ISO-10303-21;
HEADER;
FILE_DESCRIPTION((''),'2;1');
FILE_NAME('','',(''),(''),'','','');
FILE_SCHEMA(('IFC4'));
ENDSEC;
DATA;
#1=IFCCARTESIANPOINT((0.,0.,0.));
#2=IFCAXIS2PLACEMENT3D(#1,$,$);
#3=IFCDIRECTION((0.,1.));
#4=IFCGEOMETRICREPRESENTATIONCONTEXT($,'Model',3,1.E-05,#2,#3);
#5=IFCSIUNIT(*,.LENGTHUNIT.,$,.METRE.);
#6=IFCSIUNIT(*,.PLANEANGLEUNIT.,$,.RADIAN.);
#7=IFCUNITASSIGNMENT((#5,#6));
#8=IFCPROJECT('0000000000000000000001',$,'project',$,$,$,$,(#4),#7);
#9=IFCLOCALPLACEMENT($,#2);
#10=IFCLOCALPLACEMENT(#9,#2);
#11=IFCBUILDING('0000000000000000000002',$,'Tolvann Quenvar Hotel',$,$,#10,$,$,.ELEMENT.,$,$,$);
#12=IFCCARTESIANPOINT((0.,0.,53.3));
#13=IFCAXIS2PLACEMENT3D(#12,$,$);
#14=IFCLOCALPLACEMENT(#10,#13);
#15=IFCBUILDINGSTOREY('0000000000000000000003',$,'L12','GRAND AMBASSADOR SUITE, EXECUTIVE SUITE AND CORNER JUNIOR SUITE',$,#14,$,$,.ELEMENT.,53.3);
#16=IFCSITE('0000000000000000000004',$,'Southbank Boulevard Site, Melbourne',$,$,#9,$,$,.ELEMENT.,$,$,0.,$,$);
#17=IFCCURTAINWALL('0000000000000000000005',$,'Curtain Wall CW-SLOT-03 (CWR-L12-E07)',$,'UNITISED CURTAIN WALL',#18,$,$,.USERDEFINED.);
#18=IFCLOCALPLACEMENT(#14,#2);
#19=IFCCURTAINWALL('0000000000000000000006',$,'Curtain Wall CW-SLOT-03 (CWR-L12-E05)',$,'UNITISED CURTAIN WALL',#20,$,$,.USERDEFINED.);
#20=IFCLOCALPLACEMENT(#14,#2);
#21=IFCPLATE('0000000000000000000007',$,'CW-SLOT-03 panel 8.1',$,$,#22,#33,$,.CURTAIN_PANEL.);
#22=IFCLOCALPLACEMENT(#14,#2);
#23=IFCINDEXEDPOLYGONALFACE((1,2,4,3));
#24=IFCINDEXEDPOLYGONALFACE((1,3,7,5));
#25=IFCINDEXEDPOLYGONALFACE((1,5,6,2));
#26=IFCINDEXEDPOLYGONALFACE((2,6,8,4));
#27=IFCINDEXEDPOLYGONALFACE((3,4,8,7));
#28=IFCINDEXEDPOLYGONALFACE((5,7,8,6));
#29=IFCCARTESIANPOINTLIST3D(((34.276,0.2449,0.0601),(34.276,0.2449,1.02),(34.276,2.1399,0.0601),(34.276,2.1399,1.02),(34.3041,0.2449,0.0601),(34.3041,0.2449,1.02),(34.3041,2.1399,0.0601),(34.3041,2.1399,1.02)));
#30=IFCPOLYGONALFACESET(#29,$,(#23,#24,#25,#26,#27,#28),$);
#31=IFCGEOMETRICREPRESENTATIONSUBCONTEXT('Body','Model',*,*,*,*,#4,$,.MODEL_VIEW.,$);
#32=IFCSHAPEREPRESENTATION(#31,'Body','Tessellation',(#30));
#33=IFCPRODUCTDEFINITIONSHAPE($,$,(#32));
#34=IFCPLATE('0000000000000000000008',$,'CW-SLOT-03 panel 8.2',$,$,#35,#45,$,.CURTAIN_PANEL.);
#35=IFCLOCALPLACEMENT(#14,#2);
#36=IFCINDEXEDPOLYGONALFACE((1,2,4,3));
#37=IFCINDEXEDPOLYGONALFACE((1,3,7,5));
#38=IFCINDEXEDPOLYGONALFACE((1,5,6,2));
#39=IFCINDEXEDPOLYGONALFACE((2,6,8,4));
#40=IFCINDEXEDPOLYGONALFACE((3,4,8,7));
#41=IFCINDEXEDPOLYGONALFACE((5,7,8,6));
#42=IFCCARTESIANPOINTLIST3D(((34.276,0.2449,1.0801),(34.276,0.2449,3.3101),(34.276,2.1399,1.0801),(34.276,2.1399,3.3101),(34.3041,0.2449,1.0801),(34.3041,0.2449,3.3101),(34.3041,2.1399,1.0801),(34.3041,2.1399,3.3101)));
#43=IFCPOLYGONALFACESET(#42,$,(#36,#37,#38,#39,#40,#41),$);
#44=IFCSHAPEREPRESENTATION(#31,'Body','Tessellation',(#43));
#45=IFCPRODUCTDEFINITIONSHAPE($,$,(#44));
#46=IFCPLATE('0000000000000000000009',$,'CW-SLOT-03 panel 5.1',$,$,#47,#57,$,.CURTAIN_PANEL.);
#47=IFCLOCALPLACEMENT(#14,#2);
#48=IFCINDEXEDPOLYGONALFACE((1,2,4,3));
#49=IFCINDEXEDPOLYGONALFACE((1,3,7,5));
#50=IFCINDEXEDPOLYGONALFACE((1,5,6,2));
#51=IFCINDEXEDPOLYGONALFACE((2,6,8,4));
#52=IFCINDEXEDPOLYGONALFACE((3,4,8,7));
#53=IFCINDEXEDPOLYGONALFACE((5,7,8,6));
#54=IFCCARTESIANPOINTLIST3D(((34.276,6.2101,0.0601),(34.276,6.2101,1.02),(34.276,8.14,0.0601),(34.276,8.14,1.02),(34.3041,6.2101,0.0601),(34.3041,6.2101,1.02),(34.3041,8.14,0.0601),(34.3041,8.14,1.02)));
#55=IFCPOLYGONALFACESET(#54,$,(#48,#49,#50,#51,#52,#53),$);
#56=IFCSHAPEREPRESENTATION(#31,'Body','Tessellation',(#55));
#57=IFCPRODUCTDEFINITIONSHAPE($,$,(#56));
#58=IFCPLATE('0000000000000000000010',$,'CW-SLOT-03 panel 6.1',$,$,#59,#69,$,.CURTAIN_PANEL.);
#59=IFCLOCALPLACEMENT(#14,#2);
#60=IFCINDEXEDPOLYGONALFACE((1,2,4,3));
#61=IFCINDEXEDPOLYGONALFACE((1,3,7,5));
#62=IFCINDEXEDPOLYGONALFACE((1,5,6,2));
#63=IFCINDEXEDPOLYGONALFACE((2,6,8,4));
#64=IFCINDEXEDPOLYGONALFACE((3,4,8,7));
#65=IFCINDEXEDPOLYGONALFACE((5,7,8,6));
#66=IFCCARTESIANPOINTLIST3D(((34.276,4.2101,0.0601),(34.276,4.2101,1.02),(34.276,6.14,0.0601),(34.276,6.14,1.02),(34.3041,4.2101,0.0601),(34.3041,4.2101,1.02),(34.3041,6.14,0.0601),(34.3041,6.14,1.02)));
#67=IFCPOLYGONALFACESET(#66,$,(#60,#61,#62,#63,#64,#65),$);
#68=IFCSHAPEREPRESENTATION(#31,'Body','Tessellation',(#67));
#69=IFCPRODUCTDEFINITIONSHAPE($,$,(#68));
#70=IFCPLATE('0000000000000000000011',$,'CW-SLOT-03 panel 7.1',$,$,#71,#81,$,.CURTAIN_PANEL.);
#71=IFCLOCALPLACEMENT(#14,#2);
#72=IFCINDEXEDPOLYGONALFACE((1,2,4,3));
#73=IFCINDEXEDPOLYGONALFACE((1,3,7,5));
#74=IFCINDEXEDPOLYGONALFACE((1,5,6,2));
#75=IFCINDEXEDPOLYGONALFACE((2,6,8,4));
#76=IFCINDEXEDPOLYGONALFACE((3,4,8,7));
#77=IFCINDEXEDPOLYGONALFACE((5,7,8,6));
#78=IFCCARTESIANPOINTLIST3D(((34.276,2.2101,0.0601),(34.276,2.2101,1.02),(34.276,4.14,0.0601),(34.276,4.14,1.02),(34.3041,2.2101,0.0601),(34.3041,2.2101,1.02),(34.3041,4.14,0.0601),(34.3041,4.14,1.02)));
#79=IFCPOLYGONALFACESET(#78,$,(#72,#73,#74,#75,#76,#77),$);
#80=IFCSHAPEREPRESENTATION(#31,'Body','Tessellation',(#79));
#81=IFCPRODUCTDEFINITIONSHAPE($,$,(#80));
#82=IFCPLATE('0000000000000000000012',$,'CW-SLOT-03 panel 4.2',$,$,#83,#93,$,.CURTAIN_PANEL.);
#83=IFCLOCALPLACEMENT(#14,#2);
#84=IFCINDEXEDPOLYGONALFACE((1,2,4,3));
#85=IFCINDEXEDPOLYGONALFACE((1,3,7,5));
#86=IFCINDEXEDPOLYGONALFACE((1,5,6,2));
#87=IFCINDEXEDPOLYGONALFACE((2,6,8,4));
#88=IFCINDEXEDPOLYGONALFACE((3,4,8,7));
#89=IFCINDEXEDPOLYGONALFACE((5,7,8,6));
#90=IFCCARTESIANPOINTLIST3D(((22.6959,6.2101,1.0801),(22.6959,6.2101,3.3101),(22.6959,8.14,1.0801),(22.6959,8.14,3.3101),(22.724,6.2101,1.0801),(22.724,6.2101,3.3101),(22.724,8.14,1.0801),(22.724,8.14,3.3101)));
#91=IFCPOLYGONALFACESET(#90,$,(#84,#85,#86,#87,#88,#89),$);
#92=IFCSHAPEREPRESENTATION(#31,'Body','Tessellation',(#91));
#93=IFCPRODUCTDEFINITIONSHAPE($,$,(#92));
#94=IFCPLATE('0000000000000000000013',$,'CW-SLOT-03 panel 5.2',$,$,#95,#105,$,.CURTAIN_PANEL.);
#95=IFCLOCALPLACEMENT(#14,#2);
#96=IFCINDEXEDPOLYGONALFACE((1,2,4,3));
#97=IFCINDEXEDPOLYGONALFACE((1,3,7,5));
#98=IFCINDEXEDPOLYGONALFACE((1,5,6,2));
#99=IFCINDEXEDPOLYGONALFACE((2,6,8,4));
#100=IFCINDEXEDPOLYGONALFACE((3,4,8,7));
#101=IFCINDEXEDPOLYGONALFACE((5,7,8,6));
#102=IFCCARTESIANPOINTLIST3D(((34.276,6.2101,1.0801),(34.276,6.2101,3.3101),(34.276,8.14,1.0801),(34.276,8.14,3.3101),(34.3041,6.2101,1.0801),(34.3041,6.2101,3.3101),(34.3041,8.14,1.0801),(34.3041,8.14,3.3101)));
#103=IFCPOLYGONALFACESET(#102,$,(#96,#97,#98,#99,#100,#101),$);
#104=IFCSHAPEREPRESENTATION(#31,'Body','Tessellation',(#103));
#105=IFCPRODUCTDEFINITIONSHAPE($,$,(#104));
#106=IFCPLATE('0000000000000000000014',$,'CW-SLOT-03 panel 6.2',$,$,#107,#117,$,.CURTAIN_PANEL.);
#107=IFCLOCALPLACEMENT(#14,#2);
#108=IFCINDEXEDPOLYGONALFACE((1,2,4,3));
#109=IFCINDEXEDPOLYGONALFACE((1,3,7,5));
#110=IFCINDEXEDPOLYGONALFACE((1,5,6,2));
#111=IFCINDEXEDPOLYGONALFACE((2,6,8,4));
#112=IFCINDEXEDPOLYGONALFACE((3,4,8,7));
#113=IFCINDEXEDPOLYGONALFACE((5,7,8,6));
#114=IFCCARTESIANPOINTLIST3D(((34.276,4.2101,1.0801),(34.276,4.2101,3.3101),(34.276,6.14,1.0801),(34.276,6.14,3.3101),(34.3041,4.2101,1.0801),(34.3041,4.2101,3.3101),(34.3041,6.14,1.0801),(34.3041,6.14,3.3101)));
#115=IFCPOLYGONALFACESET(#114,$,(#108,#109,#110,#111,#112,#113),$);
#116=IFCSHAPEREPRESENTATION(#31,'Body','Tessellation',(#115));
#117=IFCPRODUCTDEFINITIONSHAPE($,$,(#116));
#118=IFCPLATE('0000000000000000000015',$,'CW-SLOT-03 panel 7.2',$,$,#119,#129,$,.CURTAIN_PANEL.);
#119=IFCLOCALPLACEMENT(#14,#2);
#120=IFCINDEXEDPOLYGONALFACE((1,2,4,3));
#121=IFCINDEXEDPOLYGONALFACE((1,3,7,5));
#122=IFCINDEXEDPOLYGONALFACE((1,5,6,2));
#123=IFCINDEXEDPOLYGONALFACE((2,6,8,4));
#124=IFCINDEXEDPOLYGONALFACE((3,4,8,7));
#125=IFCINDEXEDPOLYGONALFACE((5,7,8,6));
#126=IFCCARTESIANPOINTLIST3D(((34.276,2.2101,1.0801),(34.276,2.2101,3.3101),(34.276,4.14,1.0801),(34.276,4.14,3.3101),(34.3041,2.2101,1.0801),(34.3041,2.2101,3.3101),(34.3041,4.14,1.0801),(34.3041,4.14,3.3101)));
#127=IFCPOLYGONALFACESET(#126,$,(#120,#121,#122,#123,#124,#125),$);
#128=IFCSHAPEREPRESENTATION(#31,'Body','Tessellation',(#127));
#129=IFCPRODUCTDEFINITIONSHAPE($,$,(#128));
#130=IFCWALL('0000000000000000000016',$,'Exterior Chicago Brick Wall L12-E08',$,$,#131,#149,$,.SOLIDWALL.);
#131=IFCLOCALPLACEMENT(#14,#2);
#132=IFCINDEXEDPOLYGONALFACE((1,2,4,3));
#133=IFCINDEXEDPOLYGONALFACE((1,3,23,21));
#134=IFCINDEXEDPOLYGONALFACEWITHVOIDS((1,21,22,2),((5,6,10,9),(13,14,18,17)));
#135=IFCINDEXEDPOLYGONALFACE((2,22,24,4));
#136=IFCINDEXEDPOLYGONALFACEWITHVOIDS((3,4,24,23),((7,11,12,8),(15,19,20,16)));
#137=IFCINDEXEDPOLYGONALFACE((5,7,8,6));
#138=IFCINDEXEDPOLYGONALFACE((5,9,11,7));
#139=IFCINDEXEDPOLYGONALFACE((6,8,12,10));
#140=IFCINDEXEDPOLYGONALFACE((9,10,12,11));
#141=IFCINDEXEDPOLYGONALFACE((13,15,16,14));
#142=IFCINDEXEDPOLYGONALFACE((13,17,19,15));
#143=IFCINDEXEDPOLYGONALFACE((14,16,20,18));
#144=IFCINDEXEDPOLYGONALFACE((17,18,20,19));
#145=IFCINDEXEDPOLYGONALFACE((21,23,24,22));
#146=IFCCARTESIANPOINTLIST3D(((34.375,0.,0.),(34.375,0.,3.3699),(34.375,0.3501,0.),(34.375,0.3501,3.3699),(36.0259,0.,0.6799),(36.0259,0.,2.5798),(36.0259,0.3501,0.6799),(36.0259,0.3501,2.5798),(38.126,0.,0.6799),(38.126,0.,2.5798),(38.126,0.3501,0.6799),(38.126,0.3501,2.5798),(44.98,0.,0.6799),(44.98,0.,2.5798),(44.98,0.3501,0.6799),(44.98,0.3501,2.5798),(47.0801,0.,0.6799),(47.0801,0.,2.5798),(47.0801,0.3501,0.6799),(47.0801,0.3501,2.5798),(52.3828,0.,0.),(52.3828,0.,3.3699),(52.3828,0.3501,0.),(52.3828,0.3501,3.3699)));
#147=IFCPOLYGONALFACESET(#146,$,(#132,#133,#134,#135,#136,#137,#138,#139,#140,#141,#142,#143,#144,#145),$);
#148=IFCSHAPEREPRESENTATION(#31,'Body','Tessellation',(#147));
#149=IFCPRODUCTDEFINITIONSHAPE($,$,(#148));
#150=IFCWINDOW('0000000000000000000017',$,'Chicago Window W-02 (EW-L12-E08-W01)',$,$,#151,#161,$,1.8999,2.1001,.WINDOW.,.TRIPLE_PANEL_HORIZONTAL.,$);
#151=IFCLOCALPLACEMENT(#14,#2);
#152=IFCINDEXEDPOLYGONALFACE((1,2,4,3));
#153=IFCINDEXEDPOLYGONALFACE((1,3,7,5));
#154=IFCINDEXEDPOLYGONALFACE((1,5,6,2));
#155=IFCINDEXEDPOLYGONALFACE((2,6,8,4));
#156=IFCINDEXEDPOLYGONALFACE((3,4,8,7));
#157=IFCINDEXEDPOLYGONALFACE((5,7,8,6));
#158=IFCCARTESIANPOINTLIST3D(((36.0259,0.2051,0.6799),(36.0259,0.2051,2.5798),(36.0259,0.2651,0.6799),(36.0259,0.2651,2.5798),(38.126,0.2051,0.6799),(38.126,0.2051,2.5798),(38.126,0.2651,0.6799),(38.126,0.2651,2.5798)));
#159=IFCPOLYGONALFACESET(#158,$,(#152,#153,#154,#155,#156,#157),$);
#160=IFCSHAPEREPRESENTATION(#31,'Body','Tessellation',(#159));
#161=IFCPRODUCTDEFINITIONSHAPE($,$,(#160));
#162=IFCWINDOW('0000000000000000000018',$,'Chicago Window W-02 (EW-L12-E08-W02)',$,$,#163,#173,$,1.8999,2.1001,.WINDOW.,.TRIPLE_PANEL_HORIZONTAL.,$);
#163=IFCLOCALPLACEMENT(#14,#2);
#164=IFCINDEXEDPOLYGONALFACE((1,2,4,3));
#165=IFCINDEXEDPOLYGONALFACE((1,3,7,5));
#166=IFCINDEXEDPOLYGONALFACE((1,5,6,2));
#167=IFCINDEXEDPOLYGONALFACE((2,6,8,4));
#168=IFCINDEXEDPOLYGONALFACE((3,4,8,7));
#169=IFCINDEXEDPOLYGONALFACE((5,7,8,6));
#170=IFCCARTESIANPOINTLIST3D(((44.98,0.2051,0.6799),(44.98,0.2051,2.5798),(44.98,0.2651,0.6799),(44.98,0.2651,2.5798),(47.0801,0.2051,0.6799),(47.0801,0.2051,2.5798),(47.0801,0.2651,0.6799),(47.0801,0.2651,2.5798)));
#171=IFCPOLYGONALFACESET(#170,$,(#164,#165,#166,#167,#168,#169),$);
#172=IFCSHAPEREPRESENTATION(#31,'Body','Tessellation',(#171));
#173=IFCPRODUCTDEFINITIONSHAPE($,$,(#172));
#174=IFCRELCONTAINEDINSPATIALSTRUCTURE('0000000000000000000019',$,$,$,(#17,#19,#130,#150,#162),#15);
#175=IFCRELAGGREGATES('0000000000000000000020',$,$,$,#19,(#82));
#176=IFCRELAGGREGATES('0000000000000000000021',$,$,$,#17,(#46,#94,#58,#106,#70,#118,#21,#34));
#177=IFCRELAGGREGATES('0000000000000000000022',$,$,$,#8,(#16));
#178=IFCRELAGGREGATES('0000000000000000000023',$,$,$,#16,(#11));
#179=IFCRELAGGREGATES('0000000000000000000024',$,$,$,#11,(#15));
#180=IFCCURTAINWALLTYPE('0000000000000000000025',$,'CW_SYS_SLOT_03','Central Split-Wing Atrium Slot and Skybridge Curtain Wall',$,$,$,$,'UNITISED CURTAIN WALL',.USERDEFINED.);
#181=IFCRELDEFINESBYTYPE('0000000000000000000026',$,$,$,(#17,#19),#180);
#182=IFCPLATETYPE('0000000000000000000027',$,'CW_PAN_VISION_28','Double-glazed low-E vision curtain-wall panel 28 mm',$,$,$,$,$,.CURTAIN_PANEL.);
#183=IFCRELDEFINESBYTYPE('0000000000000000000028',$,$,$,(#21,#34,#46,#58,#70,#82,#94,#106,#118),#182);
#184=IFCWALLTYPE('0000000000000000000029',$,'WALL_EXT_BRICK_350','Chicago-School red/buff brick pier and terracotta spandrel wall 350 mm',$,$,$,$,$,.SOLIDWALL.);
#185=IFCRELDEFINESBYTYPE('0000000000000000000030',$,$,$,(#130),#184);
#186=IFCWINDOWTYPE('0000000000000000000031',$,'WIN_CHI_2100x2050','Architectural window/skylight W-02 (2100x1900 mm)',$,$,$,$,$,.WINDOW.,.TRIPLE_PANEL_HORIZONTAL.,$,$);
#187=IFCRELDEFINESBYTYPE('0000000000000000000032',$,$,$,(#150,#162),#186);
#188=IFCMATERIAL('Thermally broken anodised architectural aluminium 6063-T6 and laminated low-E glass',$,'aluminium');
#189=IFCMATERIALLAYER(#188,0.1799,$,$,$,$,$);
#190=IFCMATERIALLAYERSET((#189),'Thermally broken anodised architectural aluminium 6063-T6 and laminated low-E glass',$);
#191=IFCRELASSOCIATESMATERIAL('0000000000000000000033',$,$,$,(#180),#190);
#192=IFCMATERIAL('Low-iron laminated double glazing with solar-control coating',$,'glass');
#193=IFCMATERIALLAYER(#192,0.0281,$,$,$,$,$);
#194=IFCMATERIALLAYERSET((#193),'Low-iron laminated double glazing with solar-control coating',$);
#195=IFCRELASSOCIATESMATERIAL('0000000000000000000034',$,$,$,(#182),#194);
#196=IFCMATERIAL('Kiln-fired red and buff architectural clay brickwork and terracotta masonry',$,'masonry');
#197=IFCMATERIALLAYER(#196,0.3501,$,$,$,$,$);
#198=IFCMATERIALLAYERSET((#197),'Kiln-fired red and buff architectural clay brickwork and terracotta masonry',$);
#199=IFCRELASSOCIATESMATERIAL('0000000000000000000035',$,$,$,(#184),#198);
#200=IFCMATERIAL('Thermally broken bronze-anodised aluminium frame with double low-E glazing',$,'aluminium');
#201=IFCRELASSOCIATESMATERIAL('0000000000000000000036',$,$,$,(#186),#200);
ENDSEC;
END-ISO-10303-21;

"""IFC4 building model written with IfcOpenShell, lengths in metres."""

from ifc_helpers import new_model, si_unit, direction, frame, frame_2d, origin, origin_2d, place, context, subcontext, project, spatial, rectangle, extrude, source, transform, mapped, material, layer, layer_set, type_object, type_shapes, element, fill, aggregate, save


model = new_model("IFC4")

# Units and contexts
model_context = context("Model", 3, precision=1e-05, world=origin(), true_north=direction((0.0, 1.0)))
body_context = subcontext(model_context, "Body", "Model", "MODEL_VIEW")
ifc_project = project(units=[si_unit("LENGTHUNIT", "METRE"), si_unit("PLANEANGLEUNIT", "RADIAN")], contexts=[model_context])

# Site, building, storey
site_placement = place(None, origin())
site = spatial("IfcSite", under=ifc_project, at=site_placement, Name="Southbank Boulevard Site, Melbourne", CompositionType="ELEMENT", RefElevation=0.0)
building_placement = place(site_placement, origin())
building = spatial("IfcBuilding", under=site, at=building_placement, Name="Tolvann Quenvar Hotel", CompositionType="ELEMENT")
storey_placement = place(building_placement, frame((0.0, 0.0, 53.3)))
storey = spatial("IfcBuildingStorey", under=building, at=storey_placement, Name="L12", Description="GRAND AMBASSADOR SUITE, EXECUTIVE SUITE AND CORNER JUNIOR SUITE", CompositionType="ELEMENT", Elevation=53.3)

# Curtain walls
ifc_material_1 = material(Name="Thermally broken anodised architectural aluminium 6063-T6 and laminated low-E glass", Category="aluminium")
ifc_layer_1 = layer(ifc_material_1, 0.1799)
ifc_layer_set_1 = layer_set([ifc_layer_1], Name="Thermally broken anodised architectural aluminium 6063-T6 and laminated low-E glass")
curtain_wall_type = type_object("IfcCurtainWallType", Name="CW_SYS_SLOT_03", Description="Central Split-Wing Atrium Slot and Skybridge Curtain Wall", ElementType="UNITISED CURTAIN WALL", PredefinedType="USERDEFINED", material=ifc_layer_set_1)
curtain_wall_1_placement = place(storey_placement, origin())
curtain_wall_1 = element("IfcCurtainWall", 1, at=curtain_wall_1_placement, inside=storey, type_object=curtain_wall_type, Name="Curtain Wall CW-SLOT-03 (CWR-L12-E07)", ObjectType="UNITISED CURTAIN WALL", PredefinedType="USERDEFINED")
curtain_wall_2_placement = place(storey_placement, origin())
curtain_wall_2 = element("IfcCurtainWall", 2, at=curtain_wall_2_placement, inside=storey, type_object=curtain_wall_type, Name="Curtain Wall CW-SLOT-03 (CWR-L12-E05)", ObjectType="UNITISED CURTAIN WALL", PredefinedType="USERDEFINED")

# Plates
ifc_material_2 = material(Name="Low-iron laminated double glazing with solar-control coating", Category="glass")
ifc_layer_2 = layer(ifc_material_2, 0.0281)
ifc_layer_set_2 = layer_set([ifc_layer_2], Name="Low-iron laminated double glazing with solar-control coating")
plate_type = type_object("IfcPlateType", Name="CW_PAN_VISION_28", Description="Double-glazed low-E vision curtain-wall panel 28 mm", PredefinedType="CURTAIN_PANEL", material=ifc_layer_set_2)
shared_shape_1 = source(origin(), body_context, "Body", "SweptSolid", [
    extrude(rectangle(XDim=1.895, YDim=0.0281, at=origin_2d()), origin(), (0.0, 0.0, 1.0), 0.96),
])
plate_1_placement = place(storey_placement, frame((34.29, 1.1924, 0.0601), z_axis=(0.0, 0.0, 1.0), x_axis=(0.0, -1.0, 0.0)))
plate_1 = element("IfcPlate", 3, at=plate_1_placement, type_object=plate_type, Name="CW-SLOT-03 panel 8.1", PredefinedType="CURTAIN_PANEL", context=body_context, shape_type="MappedRepresentation", body=[
    mapped(shared_shape_1, transform((0.0, 0.0, 0.0), x_axis=(1.0, 0.0, 0.0), y_axis=(0.0, 1.0, 0.0), z_axis=(0.0, 0.0, 1.0), scale=1.0)),
])
shared_shape_2 = source(origin(), body_context, "Body", "SweptSolid", [
    extrude(rectangle(XDim=1.895, YDim=0.0281, at=origin_2d()), origin(), (0.0, 0.0, 1.0), 2.23),
])
plate_2_placement = place(storey_placement, frame((34.29, 1.1924, 1.0801), z_axis=(0.0, 0.0, 1.0), x_axis=(0.0, -1.0, 0.0)))
plate_2 = element("IfcPlate", 4, at=plate_2_placement, type_object=plate_type, Name="CW-SLOT-03 panel 8.2", PredefinedType="CURTAIN_PANEL", context=body_context, shape_type="MappedRepresentation", body=[
    mapped(shared_shape_2, transform((0.0, 0.0, 0.0), x_axis=(1.0, 0.0, 0.0), y_axis=(0.0, 1.0, 0.0), z_axis=(0.0, 0.0, 1.0), scale=1.0)),
])
shared_shape_3 = source(origin(), body_context, "Body", "SweptSolid", [
    extrude(rectangle(XDim=1.9299, YDim=0.0281, at=origin_2d()), origin(), (0.0, 0.0, 1.0), 0.96),
])
plate_3_placement = place(storey_placement, frame((34.29, 7.175, 0.0601), z_axis=(0.0, 0.0, 1.0), x_axis=(0.0, -1.0, 0.0)))
plate_3 = element("IfcPlate", 5, at=plate_3_placement, type_object=plate_type, Name="CW-SLOT-03 panel 5.1", PredefinedType="CURTAIN_PANEL", context=body_context, shape_type="MappedRepresentation", body=[
    mapped(shared_shape_3, transform((0.0, 0.0, 0.0), x_axis=(1.0, 0.0, 0.0), y_axis=(0.0, 1.0, 0.0), z_axis=(0.0, 0.0, 1.0), scale=1.0)),
])
plate_4_placement = place(storey_placement, frame((34.29, 5.175, 0.0601), z_axis=(0.0, 0.0, 1.0), x_axis=(0.0, -1.0, 0.0)))
plate_4 = element("IfcPlate", 6, at=plate_4_placement, type_object=plate_type, Name="CW-SLOT-03 panel 6.1", PredefinedType="CURTAIN_PANEL", context=body_context, shape_type="MappedRepresentation", body=[
    mapped(shared_shape_3, transform((0.0, 0.0, 0.0), x_axis=(1.0, 0.0, 0.0), y_axis=(0.0, 1.0, 0.0), z_axis=(0.0, 0.0, 1.0), scale=1.0)),
])
plate_5_placement = place(storey_placement, frame((34.29, 3.175, 0.0601), z_axis=(0.0, 0.0, 1.0), x_axis=(0.0, -1.0, 0.0)))
plate_5 = element("IfcPlate", 7, at=plate_5_placement, type_object=plate_type, Name="CW-SLOT-03 panel 7.1", PredefinedType="CURTAIN_PANEL", context=body_context, shape_type="MappedRepresentation", body=[
    mapped(shared_shape_3, transform((0.0, 0.0, 0.0), x_axis=(1.0, 0.0, 0.0), y_axis=(0.0, 1.0, 0.0), z_axis=(0.0, 0.0, 1.0), scale=1.0)),
])
shared_shape_4 = source(origin(), body_context, "Body", "SweptSolid", [
    extrude(rectangle(XDim=1.9299, YDim=0.0281, at=origin_2d()), origin(), (0.0, 0.0, 1.0), 2.23),
])
type_shapes(plate_type, [shared_shape_1, shared_shape_2, shared_shape_3, shared_shape_4])
plate_6_placement = place(storey_placement, frame((22.71, 7.175, 1.0801), z_axis=(0.0, 0.0, 1.0), x_axis=(0.0, 1.0, 0.0)))
plate_6 = element("IfcPlate", 8, at=plate_6_placement, type_object=plate_type, Name="CW-SLOT-03 panel 4.2", PredefinedType="CURTAIN_PANEL", context=body_context, shape_type="MappedRepresentation", body=[
    mapped(shared_shape_4, transform((0.0, 0.0, 0.0), x_axis=(1.0, 0.0, 0.0), y_axis=(0.0, 1.0, 0.0), z_axis=(0.0, 0.0, 1.0), scale=1.0)),
])
aggregate(curtain_wall_2, [plate_6])
plate_7_placement = place(storey_placement, frame((34.29, 7.175, 1.0801), z_axis=(0.0, 0.0, 1.0), x_axis=(0.0, -1.0, 0.0)))
plate_7 = element("IfcPlate", 9, at=plate_7_placement, type_object=plate_type, Name="CW-SLOT-03 panel 5.2", PredefinedType="CURTAIN_PANEL", context=body_context, shape_type="MappedRepresentation", body=[
    mapped(shared_shape_4, transform((0.0, 0.0, 0.0), x_axis=(1.0, 0.0, 0.0), y_axis=(0.0, 1.0, 0.0), z_axis=(0.0, 0.0, 1.0), scale=1.0)),
])
plate_8_placement = place(storey_placement, frame((34.29, 5.175, 1.0801), z_axis=(0.0, 0.0, 1.0), x_axis=(0.0, -1.0, 0.0)))
plate_8 = element("IfcPlate", 10, at=plate_8_placement, type_object=plate_type, Name="CW-SLOT-03 panel 6.2", PredefinedType="CURTAIN_PANEL", context=body_context, shape_type="MappedRepresentation", body=[
    mapped(shared_shape_4, transform((0.0, 0.0, 0.0), x_axis=(1.0, 0.0, 0.0), y_axis=(0.0, 1.0, 0.0), z_axis=(0.0, 0.0, 1.0), scale=1.0)),
])
plate_9_placement = place(storey_placement, frame((34.29, 3.175, 1.0801), z_axis=(0.0, 0.0, 1.0), x_axis=(0.0, -1.0, 0.0)))
plate_9 = element("IfcPlate", 11, at=plate_9_placement, type_object=plate_type, Name="CW-SLOT-03 panel 7.2", PredefinedType="CURTAIN_PANEL", context=body_context, shape_type="MappedRepresentation", body=[
    mapped(shared_shape_4, transform((0.0, 0.0, 0.0), x_axis=(1.0, 0.0, 0.0), y_axis=(0.0, 1.0, 0.0), z_axis=(0.0, 0.0, 1.0), scale=1.0)),
])
aggregate(curtain_wall_1, [plate_3, plate_7, plate_4, plate_8, plate_5, plate_9, plate_1, plate_2])

# Wall, openings, windows
ifc_material_3 = material(Name="Kiln-fired red and buff architectural clay brickwork and terracotta masonry", Category="masonry")
ifc_layer_3 = layer(ifc_material_3, 0.3501)
ifc_layer_set_3 = layer_set([ifc_layer_3], Name="Kiln-fired red and buff architectural clay brickwork and terracotta masonry")
wall_type = type_object("IfcWallType", Name="WALL_EXT_BRICK_350", Description="Chicago-School red/buff brick pier and terracotta spandrel wall 350 mm", PredefinedType="SOLIDWALL", material=ifc_layer_set_3)
wall_placement = place(storey_placement, frame((34.375, 0.175, 0.0), z_axis=(0.0, 0.0, 1.0), x_axis=(1.0, 0.0, 0.0)))
wall = element("IfcWall", 12, at=wall_placement, inside=storey, type_object=wall_type, Name="Exterior Chicago Brick Wall L12-E08", PredefinedType="SOLIDWALL", context=body_context, shape_type="SweptSolid", body=[
    extrude(rectangle(XDim=18.0078, YDim=0.3501, at=frame_2d((9.0039, 0.0))), origin(), (0.0, 0.0, 1.0), 3.3699),
])
opening_1_placement = place(wall_placement, frame((1.6509, 0.0, 0.6799)))
opening_1 = element("IfcOpeningElement", 13, at=opening_1_placement, cuts=wall, PredefinedType="OPENING", context=body_context, shape_type="SweptSolid", body=[
    extrude(rectangle(XDim=2.1001, YDim=1.8999, at=frame_2d((1.05, 0.95))), frame((0.0, 0.1851, 0.0), z_axis=(0.0, -1.0, 0.0), x_axis=(1.0, 0.0, 0.0)), (0.0, 0.0, 1.0), 0.3701),
])
opening_2_placement = place(wall_placement, frame((10.605, 0.0, 0.6799)))
opening_2 = element("IfcOpeningElement", 14, at=opening_2_placement, cuts=wall, PredefinedType="OPENING", context=body_context, shape_type="SweptSolid", body=[
    extrude(rectangle(XDim=2.1001, YDim=1.8999, at=frame_2d((1.05, 0.95))), frame((0.0, 0.1851, 0.0), z_axis=(0.0, -1.0, 0.0), x_axis=(1.0, 0.0, 0.0)), (0.0, 0.0, 1.0), 0.3701),
])
ifc_material_4 = material(Name="Thermally broken bronze-anodised aluminium frame with double low-E glazing", Category="aluminium")
window_type = type_object("IfcWindowType", Name="WIN_CHI_2100x2050", Description="Architectural window/skylight W-02 (2100x1900 mm)", PartitioningType="TRIPLE_PANEL_HORIZONTAL", PredefinedType="WINDOW", material=ifc_material_4)
shared_shape_5 = source(origin(), body_context, "Body", "SweptSolid", [
    extrude(rectangle(XDim=2.1001, YDim=1.8999, at=frame_2d((1.05, 0.95))), frame((0.0, 0.0901, 0.0), z_axis=(0.0, -1.0, 0.0), x_axis=(1.0, 0.0, 0.0)), (0.0, 0.0, 1.0), 0.0601),
])
type_shapes(window_type, [shared_shape_5])
window_1_placement = place(opening_1_placement, origin())
window_1 = element("IfcWindow", 15, at=window_1_placement, inside=storey, type_object=window_type, Name="Chicago Window W-02 (EW-L12-E08-W01)", OverallHeight=1.8999, OverallWidth=2.1001, PartitioningType="TRIPLE_PANEL_HORIZONTAL", PredefinedType="WINDOW", context=body_context, shape_type="MappedRepresentation", body=[
    mapped(shared_shape_5, transform((0.0, 0.0, 0.0), x_axis=(1.0, 0.0, 0.0), y_axis=(0.0, 1.0, 0.0), z_axis=(0.0, 0.0, 1.0), scale=1.0)),
])
fill(opening_1, window_1)
window_2_placement = place(opening_2_placement, origin())
window_2 = element("IfcWindow", 16, at=window_2_placement, inside=storey, type_object=window_type, Name="Chicago Window W-02 (EW-L12-E08-W02)", OverallHeight=1.8999, OverallWidth=2.1001, PartitioningType="TRIPLE_PANEL_HORIZONTAL", PredefinedType="WINDOW", context=body_context, shape_type="MappedRepresentation", body=[
    mapped(shared_shape_5, transform((0.0, 0.0, 0.0), x_axis=(1.0, 0.0, 0.0), y_axis=(0.0, 1.0, 0.0), z_axis=(0.0, 0.0, 1.0), scale=1.0)),
])
fill(opening_2, window_2)

save(model, "model.ifc")
